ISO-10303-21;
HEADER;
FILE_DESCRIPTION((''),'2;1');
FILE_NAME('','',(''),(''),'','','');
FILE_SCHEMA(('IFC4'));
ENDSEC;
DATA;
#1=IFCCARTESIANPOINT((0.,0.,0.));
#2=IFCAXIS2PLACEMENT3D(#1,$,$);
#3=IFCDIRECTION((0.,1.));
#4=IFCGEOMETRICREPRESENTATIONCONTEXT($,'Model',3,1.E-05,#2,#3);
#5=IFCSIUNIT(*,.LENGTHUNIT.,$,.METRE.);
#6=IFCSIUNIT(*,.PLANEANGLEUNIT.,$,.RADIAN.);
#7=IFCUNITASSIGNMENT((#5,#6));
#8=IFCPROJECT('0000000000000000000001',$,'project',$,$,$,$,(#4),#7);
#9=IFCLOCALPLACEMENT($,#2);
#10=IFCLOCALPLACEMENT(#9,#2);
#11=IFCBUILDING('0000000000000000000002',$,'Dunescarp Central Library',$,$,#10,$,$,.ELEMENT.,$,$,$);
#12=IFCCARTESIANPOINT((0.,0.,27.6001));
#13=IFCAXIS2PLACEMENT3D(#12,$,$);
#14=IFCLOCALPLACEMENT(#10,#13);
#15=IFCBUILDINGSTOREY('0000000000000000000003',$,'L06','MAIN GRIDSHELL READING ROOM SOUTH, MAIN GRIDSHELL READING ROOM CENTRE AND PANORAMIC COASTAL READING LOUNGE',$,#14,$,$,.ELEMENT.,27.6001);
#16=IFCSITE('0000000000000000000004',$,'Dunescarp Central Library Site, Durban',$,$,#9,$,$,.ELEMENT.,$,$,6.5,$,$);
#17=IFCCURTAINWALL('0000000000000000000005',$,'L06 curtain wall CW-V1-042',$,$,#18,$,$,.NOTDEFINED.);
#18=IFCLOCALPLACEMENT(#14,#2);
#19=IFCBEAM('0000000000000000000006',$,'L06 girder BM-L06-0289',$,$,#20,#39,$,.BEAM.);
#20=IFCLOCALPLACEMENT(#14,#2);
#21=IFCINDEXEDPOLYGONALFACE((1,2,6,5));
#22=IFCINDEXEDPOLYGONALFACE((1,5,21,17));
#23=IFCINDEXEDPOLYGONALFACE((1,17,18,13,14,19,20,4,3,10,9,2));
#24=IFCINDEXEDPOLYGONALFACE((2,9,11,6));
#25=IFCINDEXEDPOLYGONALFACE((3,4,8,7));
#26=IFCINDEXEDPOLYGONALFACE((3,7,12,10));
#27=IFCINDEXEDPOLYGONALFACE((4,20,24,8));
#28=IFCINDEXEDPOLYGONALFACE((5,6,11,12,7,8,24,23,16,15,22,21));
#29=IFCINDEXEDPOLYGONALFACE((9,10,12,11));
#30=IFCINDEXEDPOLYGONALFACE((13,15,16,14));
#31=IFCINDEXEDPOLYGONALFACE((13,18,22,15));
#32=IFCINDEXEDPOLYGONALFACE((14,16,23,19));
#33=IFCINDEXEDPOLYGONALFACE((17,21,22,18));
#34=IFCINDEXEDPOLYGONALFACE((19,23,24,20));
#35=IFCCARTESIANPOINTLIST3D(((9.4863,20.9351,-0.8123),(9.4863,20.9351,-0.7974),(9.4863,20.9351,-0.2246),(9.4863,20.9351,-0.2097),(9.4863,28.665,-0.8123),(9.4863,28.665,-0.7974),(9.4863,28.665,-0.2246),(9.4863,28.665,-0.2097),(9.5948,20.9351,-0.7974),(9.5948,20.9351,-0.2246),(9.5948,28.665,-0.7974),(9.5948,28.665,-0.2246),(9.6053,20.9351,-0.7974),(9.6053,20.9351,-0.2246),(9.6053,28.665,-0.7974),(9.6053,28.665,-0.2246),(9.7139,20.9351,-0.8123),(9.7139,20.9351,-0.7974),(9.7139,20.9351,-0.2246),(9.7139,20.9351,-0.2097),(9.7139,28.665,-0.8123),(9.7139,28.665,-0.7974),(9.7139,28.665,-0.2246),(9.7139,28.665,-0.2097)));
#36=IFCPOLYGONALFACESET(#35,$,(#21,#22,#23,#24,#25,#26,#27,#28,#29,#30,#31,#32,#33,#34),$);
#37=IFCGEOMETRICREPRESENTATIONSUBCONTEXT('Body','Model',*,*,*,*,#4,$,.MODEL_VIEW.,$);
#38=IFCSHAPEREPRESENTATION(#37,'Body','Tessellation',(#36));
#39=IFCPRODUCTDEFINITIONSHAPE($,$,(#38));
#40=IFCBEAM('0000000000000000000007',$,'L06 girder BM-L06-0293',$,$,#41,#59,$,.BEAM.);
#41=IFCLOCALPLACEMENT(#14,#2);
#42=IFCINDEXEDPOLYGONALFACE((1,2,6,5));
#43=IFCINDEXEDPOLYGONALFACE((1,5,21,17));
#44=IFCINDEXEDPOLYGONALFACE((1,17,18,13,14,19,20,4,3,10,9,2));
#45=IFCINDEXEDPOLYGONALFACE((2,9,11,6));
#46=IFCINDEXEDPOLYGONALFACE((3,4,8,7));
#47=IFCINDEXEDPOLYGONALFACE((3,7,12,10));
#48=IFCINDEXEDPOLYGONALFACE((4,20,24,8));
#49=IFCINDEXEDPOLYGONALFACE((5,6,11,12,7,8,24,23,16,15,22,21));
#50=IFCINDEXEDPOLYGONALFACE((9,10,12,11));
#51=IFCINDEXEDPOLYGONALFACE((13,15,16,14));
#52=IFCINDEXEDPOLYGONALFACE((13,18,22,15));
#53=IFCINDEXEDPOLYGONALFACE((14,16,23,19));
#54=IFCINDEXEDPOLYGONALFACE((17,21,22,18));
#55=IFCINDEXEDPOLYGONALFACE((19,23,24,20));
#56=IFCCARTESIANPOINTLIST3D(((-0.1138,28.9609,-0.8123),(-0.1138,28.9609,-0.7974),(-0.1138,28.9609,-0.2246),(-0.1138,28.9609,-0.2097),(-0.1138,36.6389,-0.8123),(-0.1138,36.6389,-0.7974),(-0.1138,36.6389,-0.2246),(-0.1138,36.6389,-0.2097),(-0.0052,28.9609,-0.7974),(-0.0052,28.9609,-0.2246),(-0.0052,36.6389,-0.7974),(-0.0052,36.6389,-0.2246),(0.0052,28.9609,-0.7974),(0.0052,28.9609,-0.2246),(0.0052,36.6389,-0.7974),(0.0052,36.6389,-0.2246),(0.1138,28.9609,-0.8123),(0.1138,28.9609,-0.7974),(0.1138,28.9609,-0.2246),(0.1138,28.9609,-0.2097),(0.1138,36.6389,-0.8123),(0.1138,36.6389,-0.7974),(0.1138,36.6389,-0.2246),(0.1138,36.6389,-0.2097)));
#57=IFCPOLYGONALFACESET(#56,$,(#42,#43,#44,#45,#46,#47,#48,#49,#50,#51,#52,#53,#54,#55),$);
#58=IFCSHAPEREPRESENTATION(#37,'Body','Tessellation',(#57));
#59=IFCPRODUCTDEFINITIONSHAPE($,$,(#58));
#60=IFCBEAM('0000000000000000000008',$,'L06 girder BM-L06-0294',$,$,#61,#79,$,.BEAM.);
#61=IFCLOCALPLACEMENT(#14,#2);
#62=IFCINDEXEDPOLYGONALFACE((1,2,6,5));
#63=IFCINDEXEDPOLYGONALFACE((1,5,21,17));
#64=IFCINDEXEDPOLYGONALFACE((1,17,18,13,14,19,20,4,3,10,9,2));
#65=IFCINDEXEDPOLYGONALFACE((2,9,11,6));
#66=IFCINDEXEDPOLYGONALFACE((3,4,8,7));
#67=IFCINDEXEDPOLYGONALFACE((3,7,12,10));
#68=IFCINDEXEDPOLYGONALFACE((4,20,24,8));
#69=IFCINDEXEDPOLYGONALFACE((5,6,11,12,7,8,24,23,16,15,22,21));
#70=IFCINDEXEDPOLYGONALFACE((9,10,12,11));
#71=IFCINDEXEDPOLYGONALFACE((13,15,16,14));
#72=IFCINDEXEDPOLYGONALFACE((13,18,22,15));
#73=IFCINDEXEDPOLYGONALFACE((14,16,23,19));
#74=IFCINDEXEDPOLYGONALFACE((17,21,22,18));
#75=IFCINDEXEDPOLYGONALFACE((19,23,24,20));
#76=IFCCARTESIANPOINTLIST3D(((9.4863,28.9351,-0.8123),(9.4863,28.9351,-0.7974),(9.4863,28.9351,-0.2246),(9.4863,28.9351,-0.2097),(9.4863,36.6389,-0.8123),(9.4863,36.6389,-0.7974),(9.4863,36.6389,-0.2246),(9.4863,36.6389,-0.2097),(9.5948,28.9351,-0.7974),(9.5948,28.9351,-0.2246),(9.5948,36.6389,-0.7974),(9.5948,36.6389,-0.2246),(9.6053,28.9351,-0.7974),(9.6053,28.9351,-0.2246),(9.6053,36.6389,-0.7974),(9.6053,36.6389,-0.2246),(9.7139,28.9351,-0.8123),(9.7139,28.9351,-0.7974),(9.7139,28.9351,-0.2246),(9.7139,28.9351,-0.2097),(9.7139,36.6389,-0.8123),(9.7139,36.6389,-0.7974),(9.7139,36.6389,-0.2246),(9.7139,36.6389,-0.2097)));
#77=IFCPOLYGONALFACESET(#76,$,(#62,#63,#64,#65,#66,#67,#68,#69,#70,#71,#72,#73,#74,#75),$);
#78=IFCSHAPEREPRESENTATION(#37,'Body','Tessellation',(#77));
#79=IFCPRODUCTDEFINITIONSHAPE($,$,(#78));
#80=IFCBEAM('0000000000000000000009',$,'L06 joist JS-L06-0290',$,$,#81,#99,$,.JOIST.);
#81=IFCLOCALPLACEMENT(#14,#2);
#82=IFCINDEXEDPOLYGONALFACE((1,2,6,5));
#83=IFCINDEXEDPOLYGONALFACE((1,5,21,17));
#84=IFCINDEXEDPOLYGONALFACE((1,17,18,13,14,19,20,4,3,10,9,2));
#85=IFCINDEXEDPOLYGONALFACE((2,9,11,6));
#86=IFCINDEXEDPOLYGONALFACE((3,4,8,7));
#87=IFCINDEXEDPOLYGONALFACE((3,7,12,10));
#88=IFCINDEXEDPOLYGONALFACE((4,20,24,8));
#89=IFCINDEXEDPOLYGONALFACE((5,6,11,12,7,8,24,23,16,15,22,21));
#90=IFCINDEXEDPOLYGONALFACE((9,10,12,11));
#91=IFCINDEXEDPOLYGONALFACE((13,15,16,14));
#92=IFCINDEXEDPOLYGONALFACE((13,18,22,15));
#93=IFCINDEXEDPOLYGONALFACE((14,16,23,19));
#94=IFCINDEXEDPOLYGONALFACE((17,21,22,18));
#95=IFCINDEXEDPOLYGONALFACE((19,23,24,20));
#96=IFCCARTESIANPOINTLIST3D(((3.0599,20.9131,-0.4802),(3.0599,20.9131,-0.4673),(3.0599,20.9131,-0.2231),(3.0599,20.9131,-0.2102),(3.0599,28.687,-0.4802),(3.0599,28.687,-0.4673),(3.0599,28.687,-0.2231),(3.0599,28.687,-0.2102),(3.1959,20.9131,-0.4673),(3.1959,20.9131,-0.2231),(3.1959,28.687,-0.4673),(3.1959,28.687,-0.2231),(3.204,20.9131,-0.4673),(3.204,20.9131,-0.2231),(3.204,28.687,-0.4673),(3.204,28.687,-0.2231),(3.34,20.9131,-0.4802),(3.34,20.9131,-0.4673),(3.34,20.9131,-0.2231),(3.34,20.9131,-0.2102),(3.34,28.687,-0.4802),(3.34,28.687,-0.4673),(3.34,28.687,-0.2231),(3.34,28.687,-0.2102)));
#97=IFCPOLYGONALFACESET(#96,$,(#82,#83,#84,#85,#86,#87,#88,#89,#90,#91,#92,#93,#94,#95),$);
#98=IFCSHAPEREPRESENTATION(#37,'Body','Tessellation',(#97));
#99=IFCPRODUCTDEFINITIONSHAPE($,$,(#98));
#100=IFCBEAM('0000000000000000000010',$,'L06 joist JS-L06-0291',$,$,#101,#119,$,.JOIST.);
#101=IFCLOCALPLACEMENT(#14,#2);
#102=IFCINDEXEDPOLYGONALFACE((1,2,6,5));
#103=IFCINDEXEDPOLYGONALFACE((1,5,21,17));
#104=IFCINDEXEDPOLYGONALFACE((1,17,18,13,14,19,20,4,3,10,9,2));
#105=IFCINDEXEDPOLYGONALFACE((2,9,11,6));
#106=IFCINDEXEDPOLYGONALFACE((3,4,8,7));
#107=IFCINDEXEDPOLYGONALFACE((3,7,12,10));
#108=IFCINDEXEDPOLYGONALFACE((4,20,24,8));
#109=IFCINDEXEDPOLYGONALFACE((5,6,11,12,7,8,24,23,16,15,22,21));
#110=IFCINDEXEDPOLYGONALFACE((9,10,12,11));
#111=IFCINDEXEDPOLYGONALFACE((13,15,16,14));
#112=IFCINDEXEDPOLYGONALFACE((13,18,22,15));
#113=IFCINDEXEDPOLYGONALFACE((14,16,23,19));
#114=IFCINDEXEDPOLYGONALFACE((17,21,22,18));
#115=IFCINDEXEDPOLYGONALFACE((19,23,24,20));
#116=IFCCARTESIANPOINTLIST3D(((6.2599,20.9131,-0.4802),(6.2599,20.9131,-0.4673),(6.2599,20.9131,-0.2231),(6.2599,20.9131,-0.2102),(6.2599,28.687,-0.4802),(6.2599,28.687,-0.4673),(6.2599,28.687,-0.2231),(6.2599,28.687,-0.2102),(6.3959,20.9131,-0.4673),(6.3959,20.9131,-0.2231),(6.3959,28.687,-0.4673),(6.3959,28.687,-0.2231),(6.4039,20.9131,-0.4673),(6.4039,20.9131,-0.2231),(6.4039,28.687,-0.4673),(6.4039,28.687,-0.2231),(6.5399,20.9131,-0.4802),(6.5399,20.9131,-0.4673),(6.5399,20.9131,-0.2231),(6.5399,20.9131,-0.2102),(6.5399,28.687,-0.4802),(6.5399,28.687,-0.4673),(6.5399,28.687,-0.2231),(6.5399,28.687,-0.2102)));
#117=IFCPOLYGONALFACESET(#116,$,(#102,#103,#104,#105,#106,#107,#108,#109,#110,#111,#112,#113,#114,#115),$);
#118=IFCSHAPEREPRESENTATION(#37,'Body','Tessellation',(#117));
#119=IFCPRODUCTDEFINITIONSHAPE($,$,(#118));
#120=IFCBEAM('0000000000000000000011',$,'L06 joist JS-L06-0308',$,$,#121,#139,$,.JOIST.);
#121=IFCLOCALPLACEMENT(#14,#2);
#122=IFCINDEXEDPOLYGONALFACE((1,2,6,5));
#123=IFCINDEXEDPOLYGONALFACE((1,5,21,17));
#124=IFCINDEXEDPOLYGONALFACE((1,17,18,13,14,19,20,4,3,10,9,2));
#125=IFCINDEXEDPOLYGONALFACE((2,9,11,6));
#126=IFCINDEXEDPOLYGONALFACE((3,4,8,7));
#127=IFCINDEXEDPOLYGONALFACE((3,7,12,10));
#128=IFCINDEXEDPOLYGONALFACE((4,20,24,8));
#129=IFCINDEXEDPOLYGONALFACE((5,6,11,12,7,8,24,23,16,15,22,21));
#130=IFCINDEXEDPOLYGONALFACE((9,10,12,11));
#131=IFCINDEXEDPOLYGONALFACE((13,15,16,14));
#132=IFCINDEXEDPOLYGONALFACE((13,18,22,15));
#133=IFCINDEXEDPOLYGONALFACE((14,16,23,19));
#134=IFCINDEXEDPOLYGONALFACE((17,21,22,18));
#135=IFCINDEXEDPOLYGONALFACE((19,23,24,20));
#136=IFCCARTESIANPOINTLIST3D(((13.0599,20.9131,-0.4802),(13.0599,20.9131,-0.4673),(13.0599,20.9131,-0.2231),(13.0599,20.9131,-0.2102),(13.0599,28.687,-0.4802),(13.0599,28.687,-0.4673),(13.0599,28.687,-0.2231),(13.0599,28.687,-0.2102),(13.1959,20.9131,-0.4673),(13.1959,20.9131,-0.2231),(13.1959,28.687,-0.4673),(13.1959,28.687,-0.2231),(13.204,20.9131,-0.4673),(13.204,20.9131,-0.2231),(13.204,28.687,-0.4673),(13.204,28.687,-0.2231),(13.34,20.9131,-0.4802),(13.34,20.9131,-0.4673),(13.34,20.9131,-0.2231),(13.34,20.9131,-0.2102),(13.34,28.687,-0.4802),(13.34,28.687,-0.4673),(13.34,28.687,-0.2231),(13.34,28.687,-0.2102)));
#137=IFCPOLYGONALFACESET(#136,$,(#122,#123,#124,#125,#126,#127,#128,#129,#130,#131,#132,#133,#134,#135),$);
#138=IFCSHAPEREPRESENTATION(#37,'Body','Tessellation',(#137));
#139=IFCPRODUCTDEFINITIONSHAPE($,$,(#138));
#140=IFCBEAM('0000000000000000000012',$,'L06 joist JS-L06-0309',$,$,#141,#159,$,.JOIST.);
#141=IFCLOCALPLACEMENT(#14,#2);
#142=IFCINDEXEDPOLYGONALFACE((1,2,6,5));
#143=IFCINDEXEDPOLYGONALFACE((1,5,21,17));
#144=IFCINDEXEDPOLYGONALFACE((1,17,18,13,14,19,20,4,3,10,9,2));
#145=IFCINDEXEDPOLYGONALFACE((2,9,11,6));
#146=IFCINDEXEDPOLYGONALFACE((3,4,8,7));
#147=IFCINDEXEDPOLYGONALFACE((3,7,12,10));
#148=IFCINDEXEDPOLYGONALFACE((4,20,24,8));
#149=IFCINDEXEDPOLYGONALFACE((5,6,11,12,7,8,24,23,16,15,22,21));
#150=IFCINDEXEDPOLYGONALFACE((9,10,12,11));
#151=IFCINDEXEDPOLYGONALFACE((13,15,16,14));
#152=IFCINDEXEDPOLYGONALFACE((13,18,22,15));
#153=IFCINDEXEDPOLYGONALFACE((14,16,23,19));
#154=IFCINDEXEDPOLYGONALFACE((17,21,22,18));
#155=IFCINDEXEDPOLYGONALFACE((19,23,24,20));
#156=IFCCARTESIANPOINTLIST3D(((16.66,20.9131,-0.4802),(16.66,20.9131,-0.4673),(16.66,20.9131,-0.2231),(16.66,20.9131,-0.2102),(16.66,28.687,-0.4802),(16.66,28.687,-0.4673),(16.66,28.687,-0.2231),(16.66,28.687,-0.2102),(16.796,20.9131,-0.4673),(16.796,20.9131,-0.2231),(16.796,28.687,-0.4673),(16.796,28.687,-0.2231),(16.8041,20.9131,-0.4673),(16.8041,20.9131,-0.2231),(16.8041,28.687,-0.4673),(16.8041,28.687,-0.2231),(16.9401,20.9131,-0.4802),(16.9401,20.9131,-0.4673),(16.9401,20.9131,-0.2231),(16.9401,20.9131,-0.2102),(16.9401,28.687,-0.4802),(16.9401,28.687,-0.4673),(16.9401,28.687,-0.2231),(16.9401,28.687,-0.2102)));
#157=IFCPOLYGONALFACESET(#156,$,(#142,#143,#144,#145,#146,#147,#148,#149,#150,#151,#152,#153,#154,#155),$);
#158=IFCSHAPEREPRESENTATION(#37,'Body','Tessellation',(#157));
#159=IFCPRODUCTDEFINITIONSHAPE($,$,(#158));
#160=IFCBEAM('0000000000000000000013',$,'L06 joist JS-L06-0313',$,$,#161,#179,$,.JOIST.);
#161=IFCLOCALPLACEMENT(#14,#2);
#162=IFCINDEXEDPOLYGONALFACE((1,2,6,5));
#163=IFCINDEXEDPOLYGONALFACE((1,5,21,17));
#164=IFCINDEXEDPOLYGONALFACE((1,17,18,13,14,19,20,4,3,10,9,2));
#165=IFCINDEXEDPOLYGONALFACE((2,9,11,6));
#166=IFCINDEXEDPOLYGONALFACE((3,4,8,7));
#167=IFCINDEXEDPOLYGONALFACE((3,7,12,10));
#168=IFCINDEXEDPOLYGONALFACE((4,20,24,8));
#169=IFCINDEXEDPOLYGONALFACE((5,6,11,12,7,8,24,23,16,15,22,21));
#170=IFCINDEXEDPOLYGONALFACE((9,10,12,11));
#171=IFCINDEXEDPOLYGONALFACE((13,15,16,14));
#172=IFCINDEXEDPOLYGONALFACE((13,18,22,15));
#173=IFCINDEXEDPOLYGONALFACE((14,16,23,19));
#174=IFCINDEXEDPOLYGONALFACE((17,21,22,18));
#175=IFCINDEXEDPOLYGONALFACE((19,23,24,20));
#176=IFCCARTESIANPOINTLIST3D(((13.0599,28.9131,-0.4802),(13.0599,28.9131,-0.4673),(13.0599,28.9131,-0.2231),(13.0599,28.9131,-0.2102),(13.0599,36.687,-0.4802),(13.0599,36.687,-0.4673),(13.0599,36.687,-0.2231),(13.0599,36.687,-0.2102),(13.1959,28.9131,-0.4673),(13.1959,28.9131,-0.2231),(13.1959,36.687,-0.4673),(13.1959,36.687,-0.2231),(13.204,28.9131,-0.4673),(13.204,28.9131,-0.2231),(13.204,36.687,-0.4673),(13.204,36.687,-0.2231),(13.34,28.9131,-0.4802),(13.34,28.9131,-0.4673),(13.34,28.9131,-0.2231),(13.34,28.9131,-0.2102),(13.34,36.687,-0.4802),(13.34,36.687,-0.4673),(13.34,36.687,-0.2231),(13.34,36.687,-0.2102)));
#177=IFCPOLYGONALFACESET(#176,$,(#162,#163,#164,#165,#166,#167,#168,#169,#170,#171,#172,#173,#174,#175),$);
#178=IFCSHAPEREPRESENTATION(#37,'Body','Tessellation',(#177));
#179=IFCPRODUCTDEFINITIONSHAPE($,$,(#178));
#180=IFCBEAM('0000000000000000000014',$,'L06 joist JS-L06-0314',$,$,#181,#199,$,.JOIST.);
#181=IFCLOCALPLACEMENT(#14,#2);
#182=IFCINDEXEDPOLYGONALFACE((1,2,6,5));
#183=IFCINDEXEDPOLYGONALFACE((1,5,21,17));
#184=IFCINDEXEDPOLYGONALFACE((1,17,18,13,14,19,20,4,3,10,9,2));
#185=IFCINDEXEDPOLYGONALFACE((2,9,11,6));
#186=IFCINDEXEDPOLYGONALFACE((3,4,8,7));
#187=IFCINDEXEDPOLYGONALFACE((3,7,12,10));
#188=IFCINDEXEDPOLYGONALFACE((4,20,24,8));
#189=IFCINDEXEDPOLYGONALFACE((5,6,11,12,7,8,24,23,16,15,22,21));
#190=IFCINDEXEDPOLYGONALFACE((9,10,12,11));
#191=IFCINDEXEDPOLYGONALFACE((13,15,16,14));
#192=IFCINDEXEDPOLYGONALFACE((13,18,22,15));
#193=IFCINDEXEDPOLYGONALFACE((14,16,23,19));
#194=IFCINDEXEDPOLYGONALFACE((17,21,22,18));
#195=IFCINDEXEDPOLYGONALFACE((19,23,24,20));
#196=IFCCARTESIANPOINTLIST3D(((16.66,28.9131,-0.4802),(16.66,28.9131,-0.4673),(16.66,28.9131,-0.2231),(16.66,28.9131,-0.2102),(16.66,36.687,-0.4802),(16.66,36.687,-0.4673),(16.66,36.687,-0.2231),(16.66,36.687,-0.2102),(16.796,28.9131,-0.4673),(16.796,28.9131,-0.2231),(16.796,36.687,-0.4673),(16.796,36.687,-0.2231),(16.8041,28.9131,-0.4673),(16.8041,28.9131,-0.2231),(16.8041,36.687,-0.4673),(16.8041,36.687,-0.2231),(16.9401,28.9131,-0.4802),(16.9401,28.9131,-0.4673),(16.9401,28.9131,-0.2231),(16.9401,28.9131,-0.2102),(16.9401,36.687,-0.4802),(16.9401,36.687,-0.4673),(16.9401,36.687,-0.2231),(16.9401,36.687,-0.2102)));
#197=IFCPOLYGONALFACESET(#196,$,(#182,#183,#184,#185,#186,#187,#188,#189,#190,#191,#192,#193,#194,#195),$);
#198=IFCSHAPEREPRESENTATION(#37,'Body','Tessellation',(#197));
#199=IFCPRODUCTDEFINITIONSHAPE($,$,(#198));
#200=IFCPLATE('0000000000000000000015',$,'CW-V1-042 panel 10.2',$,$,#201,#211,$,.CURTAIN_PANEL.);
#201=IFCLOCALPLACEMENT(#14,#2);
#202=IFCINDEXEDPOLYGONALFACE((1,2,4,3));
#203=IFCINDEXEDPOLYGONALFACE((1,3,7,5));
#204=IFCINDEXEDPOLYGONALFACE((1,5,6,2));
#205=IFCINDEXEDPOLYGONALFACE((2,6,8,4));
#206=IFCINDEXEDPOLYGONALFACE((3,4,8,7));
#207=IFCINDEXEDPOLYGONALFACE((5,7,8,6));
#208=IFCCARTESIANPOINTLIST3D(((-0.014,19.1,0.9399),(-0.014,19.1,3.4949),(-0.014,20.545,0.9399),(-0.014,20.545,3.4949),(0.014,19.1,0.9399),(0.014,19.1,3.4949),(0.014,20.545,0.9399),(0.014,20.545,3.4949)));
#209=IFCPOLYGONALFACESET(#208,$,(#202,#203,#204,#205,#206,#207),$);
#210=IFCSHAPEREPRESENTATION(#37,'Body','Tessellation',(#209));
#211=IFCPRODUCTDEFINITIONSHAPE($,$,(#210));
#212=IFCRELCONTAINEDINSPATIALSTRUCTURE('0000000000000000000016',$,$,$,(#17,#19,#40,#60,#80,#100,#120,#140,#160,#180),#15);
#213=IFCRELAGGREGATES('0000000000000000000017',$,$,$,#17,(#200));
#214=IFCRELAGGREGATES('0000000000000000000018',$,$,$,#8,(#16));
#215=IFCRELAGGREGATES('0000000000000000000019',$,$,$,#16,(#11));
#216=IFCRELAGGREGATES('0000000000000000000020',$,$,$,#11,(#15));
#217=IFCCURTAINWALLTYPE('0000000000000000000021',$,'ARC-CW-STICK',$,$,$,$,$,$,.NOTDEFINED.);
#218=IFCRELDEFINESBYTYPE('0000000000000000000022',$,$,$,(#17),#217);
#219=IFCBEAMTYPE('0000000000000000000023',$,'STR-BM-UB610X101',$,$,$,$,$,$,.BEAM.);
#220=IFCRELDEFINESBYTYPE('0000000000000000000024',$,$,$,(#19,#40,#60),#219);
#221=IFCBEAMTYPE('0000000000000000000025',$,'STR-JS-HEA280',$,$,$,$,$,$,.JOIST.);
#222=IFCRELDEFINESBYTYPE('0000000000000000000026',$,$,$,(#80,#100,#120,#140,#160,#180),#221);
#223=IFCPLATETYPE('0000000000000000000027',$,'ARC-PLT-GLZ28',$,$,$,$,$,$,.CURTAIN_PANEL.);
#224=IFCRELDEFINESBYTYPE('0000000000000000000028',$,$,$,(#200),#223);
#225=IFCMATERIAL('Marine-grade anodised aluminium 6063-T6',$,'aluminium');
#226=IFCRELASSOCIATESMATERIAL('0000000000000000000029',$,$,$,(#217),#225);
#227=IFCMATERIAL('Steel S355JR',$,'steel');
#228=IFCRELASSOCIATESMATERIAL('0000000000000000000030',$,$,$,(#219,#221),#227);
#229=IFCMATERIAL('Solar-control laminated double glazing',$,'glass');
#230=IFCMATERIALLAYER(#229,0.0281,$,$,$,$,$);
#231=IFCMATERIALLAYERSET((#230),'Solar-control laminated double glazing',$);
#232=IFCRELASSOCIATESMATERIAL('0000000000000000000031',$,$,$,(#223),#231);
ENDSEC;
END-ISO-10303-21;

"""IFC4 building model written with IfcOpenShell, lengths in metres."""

from ifc_helpers import new_model, si_unit, direction, frame, origin, origin_2d, place, context, subcontext, project, spatial, rectangle, i_section, extrude, material, layer, layer_set, material_profile, profile_set, type_object, element, aggregate, save


model = new_model("IFC4")

# Units and contexts
model_context = context("Model", 3, precision=1e-05, world=origin(), true_north=direction((0.0, 1.0)))
body_context = subcontext(model_context, "Body", "Model", "MODEL_VIEW")
ifc_project = project(units=[si_unit("LENGTHUNIT", "METRE"), si_unit("PLANEANGLEUNIT", "RADIAN")], contexts=[model_context])

# Site, building, storey
site_placement = place(None, origin())
site = spatial("IfcSite", under=ifc_project, at=site_placement, Name="Dunescarp Central Library Site, Durban", CompositionType="ELEMENT", RefElevation=6.5)
building_placement = place(site_placement, origin())
building = spatial("IfcBuilding", under=site, at=building_placement, Name="Dunescarp Central Library", CompositionType="ELEMENT")
storey_placement = place(building_placement, frame((0.0, 0.0, 27.6001)))
storey = spatial("IfcBuildingStorey", under=building, at=storey_placement, Name="L06", Description="MAIN GRIDSHELL READING ROOM SOUTH, MAIN GRIDSHELL READING ROOM CENTRE AND PANORAMIC COASTAL READING LOUNGE", CompositionType="ELEMENT", Elevation=27.6001)

# Shared definitions
ifc_material_1 = material(Name="Steel S355JR", Category="steel")

# Curtain wall
ifc_material_2 = material(Name="Marine-grade anodised aluminium 6063-T6", Category="aluminium")
curtain_wall_type = type_object("IfcCurtainWallType", Name="ARC-CW-STICK", PredefinedType="NOTDEFINED", material=ifc_material_2)
curtain_wall_1_placement = place(storey_placement, origin())
curtain_wall_1 = element("IfcCurtainWall", 1, at=curtain_wall_1_placement, inside=storey, type_object=curtain_wall_type, Name="L06 curtain wall CW-V1-042", PredefinedType="NOTDEFINED")

# Beams
ifc_material_profile_1 = material_profile(ifc_material_1, i_section(OverallWidth=0.2275, OverallDepth=0.6025, WebThickness=0.0105, FlangeThickness=0.0149, at=origin_2d()), Name="UB 610x229x101")
ifc_profile_set_1 = profile_set([ifc_material_profile_1], Name="Steel S355JR")
beam_type_1 = type_object("IfcBeamType", Name="STR-BM-UB610X101", PredefinedType="BEAM", material=ifc_profile_set_1)
beam_1_placement = place(storey_placement, frame((9.6001, 20.9351, -0.511), z_axis=(0.0, 1.0, 0.0), x_axis=(-1.0, 0.0, 0.0)))
element("IfcBeam", 2, at=beam_1_placement, inside=storey, type_object=beam_type_1, Name="L06 girder BM-L06-0289", PredefinedType="BEAM", context=body_context, shape_type="SweptSolid", body=[
    extrude(i_section(OverallWidth=0.2275, OverallDepth=0.6025, WebThickness=0.0105, FlangeThickness=0.0149, at=origin_2d()), origin(), (0.0, 0.0, 1.0), 7.73),
])
beam_2_placement = place(storey_placement, frame((0.0, 28.9609, -0.511), z_axis=(0.0, 1.0, 0.0), x_axis=(-1.0, 0.0, 0.0)))
element("IfcBeam", 3, at=beam_2_placement, inside=storey, type_object=beam_type_1, Name="L06 girder BM-L06-0293", PredefinedType="BEAM", context=body_context, shape_type="SweptSolid", body=[
    extrude(i_section(OverallWidth=0.2275, OverallDepth=0.6025, WebThickness=0.0105, FlangeThickness=0.0149, at=origin_2d()), origin(), (0.0, 0.0, 1.0), 7.678),
])
beam_3_placement = place(storey_placement, frame((9.6001, 28.9351, -0.511), z_axis=(0.0, 1.0, 0.0), x_axis=(-1.0, 0.0, 0.0)))
element("IfcBeam", 4, at=beam_3_placement, inside=storey, type_object=beam_type_1, Name="L06 girder BM-L06-0294", PredefinedType="BEAM", context=body_context, shape_type="SweptSolid", body=[
    extrude(i_section(OverallWidth=0.2275, OverallDepth=0.6025, WebThickness=0.0105, FlangeThickness=0.0149, at=origin_2d()), origin(), (0.0, 0.0, 1.0), 7.7039),
])
ifc_material_profile_2 = material_profile(ifc_material_1, i_section(OverallWidth=0.28, OverallDepth=0.27, WebThickness=0.0081, FlangeThickness=0.0129, at=origin_2d()), Name="HEA 280")
ifc_profile_set_2 = profile_set([ifc_material_profile_2], Name="Steel S355JR")
beam_type_2 = type_object("IfcBeamType", Name="STR-JS-HEA280", PredefinedType="JOIST", material=ifc_profile_set_2)
for number, where, z_axis, x_axis, name in (
    (5, (3.2, 20.9131, -0.3452), (0.0, 1.0, 0.0), (-1.0, 0.0, 0.0), "L06 joist JS-L06-0290"),
    (6, (6.3999, 20.9131, -0.3452), (0.0, 1.0, 0.0), (-1.0, 0.0, 0.0), "L06 joist JS-L06-0291"),
    (7, (13.2, 20.9131, -0.3452), (0.0, 1.0, 0.0), (-1.0, 0.0, 0.0), "L06 joist JS-L06-0308"),
    (8, (16.8, 20.9131, -0.3452), (0.0, 1.0, 0.0), (-1.0, 0.0, 0.0), "L06 joist JS-L06-0309"),
    (9, (13.2, 28.9131, -0.3452), (0.0, 1.0, 0.0), (-1.0, 0.0, 0.0), "L06 joist JS-L06-0313"),
    (10, (16.8, 28.9131, -0.3452), (0.0, 1.0, 0.0), (-1.0, 0.0, 0.0), "L06 joist JS-L06-0314"),
):
    element("IfcBeam", number, at=place(storey_placement, frame(where, z_axis=z_axis, x_axis=x_axis)), inside=storey, type_object=beam_type_2, Name=name, PredefinedType="JOIST", context=body_context, shape_type="SweptSolid", body=[
        extrude(i_section(OverallWidth=0.28, OverallDepth=0.27, WebThickness=0.0081, FlangeThickness=0.0129, at=origin_2d()), origin(), (0.0, 0.0, 1.0), 7.7739),
    ])

# Plate
ifc_material_3 = material(Name="Solar-control laminated double glazing", Category="glass")
ifc_layer_1 = layer(ifc_material_3, 0.0281)
ifc_layer_set_1 = layer_set([ifc_layer_1], Name="Solar-control laminated double glazing")
plate_type_1 = type_object("IfcPlateType", Name="ARC-PLT-GLZ28", PredefinedType="CURTAIN_PANEL", material=ifc_layer_set_1)
plate_1_placement = place(storey_placement, frame((0.0, 19.8225, 0.9399), z_axis=(0.0, 0.0, 1.0), x_axis=(0.0, 1.0, 0.0)))
plate_1 = element("IfcPlate", 11, at=plate_1_placement, type_object=plate_type_1, Name="CW-V1-042 panel 10.2", PredefinedType="CURTAIN_PANEL", context=body_context, shape_type="SweptSolid", body=[
    extrude(rectangle(XDim=1.4451, YDim=0.0281, at=origin_2d()), origin(), (0.0, 0.0, 1.0), 2.5549),
])
aggregate(curtain_wall_1, [plate_1])

save(model, "model.ifc")
